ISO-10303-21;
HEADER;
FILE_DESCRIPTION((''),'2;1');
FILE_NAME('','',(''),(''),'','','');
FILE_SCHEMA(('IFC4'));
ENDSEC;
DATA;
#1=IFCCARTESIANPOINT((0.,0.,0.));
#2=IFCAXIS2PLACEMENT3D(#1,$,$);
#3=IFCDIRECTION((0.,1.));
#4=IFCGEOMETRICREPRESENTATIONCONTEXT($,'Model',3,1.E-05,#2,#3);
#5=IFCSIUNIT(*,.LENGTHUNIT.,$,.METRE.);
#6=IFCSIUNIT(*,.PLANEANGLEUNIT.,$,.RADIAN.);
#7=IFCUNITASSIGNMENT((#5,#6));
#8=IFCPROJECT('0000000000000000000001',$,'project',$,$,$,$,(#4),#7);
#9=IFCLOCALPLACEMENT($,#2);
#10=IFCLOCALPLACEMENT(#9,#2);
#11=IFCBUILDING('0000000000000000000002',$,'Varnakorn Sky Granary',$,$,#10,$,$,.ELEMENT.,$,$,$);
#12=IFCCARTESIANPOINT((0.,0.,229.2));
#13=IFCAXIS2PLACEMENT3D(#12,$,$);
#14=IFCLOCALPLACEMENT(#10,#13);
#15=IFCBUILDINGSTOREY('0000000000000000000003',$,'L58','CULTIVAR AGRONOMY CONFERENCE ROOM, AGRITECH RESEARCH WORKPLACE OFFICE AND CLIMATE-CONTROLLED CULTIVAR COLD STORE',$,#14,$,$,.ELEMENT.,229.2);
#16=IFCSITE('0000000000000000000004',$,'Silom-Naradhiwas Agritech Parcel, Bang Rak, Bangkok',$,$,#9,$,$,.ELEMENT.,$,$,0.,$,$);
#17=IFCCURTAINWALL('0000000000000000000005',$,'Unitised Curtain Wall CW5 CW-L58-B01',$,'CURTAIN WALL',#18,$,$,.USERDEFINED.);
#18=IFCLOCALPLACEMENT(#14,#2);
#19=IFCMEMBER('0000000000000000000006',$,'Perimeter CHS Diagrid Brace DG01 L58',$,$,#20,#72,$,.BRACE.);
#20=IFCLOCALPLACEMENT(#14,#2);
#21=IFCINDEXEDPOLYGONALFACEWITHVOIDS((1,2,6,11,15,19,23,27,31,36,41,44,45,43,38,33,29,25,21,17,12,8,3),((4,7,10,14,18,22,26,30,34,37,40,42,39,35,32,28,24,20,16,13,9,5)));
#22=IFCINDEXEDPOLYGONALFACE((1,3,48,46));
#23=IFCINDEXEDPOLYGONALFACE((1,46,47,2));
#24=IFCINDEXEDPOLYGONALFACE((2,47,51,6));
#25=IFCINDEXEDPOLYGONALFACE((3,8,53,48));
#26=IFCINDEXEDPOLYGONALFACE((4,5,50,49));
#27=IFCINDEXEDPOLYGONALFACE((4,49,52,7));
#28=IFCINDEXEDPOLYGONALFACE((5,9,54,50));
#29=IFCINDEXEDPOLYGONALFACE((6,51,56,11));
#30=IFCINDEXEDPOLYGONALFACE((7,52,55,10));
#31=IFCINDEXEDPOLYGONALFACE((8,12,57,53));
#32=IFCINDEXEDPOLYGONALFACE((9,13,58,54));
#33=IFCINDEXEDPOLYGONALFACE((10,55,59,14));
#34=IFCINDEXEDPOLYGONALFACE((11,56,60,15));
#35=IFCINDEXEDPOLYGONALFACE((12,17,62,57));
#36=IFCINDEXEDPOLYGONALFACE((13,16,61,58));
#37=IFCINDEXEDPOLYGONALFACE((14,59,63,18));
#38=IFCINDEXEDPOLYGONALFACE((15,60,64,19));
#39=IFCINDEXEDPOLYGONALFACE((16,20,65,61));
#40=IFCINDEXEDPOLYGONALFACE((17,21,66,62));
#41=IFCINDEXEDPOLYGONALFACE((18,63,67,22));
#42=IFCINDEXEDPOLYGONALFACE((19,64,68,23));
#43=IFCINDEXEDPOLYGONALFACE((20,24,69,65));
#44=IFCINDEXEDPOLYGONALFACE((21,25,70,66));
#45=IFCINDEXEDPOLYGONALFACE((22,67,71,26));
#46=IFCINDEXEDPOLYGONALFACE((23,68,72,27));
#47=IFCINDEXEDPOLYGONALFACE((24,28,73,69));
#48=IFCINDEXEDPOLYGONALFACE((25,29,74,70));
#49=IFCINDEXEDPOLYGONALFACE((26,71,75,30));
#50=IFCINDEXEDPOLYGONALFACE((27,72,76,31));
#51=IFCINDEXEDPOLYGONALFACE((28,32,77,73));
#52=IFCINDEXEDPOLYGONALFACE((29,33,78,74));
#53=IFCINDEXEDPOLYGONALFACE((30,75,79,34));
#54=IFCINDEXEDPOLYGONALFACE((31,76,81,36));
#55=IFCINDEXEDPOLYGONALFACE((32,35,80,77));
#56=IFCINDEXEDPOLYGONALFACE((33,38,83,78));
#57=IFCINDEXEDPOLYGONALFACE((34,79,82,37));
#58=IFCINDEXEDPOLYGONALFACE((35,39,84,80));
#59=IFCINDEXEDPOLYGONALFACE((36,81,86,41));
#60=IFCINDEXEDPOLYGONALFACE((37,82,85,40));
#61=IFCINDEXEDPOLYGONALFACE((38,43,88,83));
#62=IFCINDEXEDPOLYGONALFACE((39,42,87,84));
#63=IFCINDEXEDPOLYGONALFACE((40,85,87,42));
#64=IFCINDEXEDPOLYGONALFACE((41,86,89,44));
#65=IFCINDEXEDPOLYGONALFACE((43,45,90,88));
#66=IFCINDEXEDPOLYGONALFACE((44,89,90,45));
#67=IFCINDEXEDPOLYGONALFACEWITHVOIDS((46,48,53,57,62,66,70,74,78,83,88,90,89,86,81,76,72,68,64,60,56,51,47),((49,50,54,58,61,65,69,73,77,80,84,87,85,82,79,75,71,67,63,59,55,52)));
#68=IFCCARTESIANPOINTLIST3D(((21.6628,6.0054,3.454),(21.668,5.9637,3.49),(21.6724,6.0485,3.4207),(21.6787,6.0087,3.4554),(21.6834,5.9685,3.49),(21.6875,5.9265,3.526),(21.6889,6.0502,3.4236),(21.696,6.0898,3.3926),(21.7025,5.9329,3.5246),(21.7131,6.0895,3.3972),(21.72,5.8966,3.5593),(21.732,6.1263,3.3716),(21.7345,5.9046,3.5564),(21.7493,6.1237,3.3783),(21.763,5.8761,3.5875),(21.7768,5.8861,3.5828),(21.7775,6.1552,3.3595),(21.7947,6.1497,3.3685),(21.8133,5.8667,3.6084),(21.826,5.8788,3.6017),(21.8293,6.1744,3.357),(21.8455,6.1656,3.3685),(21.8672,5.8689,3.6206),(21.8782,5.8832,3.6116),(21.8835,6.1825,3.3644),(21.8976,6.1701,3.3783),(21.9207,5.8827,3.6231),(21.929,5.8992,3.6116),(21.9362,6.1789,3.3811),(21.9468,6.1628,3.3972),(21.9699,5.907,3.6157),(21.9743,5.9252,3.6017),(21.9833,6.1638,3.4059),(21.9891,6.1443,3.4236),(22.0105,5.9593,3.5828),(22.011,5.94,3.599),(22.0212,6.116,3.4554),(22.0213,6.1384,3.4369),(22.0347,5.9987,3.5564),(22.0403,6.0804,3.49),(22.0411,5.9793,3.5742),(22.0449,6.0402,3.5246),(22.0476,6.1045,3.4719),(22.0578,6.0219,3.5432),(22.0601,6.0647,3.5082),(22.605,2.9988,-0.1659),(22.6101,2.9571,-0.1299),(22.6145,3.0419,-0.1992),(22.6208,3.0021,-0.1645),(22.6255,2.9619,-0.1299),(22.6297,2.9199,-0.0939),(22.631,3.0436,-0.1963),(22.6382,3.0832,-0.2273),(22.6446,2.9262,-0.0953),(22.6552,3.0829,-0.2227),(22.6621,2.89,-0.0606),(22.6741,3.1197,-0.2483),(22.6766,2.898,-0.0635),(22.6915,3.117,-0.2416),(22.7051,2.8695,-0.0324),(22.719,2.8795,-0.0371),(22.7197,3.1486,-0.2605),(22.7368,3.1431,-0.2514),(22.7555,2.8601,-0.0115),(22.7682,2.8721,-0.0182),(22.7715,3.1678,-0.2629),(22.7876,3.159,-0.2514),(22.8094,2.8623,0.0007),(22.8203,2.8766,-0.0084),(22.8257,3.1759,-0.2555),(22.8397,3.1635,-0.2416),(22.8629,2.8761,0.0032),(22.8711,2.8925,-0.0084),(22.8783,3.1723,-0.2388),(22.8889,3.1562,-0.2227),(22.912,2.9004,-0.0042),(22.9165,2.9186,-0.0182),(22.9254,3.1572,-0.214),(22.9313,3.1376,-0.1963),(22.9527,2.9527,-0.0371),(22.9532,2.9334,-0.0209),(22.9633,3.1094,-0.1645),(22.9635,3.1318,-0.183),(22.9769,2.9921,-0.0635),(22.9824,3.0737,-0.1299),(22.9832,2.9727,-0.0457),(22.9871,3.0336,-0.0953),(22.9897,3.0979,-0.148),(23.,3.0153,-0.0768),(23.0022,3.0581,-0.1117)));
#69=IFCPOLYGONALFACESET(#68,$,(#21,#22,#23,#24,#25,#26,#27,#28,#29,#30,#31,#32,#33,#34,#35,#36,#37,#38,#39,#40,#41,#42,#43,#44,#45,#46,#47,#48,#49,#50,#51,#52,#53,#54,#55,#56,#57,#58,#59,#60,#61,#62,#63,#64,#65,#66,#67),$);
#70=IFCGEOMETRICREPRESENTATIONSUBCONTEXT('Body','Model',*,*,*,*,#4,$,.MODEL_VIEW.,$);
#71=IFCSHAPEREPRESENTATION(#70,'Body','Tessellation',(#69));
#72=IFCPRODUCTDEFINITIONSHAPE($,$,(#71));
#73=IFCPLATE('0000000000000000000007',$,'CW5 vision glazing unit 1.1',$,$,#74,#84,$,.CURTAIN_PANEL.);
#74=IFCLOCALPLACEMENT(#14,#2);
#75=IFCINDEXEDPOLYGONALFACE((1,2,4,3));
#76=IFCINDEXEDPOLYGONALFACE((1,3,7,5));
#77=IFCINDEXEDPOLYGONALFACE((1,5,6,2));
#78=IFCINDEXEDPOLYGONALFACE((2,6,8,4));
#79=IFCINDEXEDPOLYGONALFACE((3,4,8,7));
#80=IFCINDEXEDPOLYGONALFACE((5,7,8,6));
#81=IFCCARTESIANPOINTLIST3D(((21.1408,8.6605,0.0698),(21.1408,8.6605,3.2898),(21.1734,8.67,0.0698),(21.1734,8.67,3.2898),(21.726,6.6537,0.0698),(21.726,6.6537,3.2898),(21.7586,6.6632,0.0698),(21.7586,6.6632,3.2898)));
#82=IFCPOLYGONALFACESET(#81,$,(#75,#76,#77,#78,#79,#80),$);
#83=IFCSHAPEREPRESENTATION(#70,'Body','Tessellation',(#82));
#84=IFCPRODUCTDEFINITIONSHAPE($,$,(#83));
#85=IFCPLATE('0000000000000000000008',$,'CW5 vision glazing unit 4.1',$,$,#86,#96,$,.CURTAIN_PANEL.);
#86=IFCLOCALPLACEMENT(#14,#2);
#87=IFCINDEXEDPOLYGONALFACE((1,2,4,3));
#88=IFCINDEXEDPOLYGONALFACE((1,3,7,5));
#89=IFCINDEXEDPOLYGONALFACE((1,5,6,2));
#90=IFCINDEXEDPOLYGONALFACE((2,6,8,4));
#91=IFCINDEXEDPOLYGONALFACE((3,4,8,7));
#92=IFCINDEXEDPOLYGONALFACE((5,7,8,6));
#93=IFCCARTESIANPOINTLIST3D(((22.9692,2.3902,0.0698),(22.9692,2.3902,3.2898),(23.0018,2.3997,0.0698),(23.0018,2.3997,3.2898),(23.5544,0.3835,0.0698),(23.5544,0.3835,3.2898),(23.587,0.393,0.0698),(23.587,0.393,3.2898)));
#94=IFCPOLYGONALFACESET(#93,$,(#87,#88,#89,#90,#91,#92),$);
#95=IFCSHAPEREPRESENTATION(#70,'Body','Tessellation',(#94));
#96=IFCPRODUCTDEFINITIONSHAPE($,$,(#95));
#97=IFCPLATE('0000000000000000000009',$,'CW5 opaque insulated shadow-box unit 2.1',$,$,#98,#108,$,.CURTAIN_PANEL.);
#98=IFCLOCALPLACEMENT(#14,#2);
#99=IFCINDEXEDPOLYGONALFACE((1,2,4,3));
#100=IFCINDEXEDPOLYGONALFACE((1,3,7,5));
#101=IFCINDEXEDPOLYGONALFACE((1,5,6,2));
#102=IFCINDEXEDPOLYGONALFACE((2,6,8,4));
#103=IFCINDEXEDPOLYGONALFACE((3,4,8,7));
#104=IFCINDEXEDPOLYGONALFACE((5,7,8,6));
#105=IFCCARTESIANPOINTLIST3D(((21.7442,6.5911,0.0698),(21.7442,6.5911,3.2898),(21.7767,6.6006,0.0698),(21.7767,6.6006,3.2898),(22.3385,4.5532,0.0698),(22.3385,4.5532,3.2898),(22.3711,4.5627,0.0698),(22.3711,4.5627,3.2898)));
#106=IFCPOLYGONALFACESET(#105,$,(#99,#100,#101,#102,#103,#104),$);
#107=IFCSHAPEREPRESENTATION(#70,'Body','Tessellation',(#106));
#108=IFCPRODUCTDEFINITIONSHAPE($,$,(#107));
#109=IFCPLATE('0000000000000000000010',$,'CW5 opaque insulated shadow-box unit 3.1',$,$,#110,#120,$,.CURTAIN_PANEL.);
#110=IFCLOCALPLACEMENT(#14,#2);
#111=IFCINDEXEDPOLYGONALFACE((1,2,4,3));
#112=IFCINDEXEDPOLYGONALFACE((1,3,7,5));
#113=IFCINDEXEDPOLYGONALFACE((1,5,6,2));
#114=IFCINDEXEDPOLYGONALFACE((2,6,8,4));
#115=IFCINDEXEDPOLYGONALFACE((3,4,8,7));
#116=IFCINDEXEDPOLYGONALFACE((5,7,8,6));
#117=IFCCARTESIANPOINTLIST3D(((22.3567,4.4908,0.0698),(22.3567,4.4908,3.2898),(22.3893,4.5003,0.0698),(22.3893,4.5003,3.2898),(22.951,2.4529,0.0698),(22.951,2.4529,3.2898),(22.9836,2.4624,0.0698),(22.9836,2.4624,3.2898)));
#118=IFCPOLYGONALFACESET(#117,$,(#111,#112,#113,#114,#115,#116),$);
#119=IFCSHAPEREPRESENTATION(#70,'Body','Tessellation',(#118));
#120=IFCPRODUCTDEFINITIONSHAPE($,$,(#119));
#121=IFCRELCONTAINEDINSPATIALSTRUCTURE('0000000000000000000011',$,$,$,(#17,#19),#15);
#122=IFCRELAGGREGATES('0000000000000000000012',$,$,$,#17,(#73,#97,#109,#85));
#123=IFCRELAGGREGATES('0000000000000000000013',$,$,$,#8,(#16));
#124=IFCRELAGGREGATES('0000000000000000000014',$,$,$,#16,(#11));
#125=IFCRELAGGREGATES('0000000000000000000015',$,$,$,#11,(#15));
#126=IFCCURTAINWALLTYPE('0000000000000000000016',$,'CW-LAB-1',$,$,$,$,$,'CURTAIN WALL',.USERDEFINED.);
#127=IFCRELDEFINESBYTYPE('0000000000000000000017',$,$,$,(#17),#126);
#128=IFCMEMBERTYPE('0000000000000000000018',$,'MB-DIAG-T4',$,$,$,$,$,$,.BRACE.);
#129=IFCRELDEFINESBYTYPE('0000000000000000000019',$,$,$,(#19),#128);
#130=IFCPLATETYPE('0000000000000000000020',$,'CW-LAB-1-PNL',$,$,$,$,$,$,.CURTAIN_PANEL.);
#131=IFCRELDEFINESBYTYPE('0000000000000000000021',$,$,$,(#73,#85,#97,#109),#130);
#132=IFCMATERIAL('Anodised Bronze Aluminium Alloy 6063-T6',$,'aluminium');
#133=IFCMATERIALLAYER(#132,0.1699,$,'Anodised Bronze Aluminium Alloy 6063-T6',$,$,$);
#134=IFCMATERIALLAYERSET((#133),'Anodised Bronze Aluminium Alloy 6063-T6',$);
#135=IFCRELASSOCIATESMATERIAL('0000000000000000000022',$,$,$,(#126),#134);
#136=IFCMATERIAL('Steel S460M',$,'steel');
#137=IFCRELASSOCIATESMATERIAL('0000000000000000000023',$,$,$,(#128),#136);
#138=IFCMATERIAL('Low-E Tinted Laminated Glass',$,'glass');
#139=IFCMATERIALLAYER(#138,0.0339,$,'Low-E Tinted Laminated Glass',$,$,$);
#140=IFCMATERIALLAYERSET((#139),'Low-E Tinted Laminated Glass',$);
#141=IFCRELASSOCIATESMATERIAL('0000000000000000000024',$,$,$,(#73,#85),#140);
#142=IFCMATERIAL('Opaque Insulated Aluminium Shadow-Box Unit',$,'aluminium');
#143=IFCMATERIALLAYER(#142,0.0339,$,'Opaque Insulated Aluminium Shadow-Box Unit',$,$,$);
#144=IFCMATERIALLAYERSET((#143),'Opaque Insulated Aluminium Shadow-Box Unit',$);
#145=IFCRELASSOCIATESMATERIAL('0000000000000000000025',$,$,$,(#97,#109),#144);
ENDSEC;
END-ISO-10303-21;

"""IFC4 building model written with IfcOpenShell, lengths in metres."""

from ifc_helpers import new_model, si_unit, direction, frame, origin, origin_2d, place, context, subcontext, project, spatial, rectangle, hollow_circle, extrude, source, transform, mapped, material, layer, layer_set, material_profile, profile_set, type_object, type_shapes, element, aggregate, save


model = new_model("IFC4")

# Units and contexts
model_context = context("Model", 3, precision=1e-05, world=origin(), true_north=direction((0.0, 1.0)))
body_context = subcontext(model_context, "Body", "Model", "MODEL_VIEW")
ifc_project = project(units=[si_unit("LENGTHUNIT", "METRE"), si_unit("PLANEANGLEUNIT", "RADIAN")], contexts=[model_context])

# Site, building, storey
site_placement = place(None, origin())
site = spatial("IfcSite", under=ifc_project, at=site_placement, Name="Silom-Naradhiwas Agritech Parcel, Bang Rak, Bangkok", CompositionType="ELEMENT", RefElevation=0.0)
building_placement = place(site_placement, origin())
building = spatial("IfcBuilding", under=site, at=building_placement, Name="Varnakorn Sky Granary", CompositionType="ELEMENT")
storey_placement = place(building_placement, frame((0.0, 0.0, 229.2)))
storey = spatial("IfcBuildingStorey", under=building, at=storey_placement, Name="L58", Description="CULTIVAR AGRONOMY CONFERENCE ROOM, AGRITECH RESEARCH WORKPLACE OFFICE AND CLIMATE-CONTROLLED CULTIVAR COLD STORE", CompositionType="ELEMENT", Elevation=229.2)

# Shared definitions
ifc_material_1 = material(Name="Steel S460M", Category="steel")

# Curtain wall
ifc_material_2 = material(Name="Anodised Bronze Aluminium Alloy 6063-T6", Category="aluminium")
ifc_layer_1 = layer(ifc_material_2, 0.1699, Name="Anodised Bronze Aluminium Alloy 6063-T6")
ifc_layer_set_1 = layer_set([ifc_layer_1], Name="Anodised Bronze Aluminium Alloy 6063-T6")
curtain_wall_type = type_object("IfcCurtainWallType", Name="CW-LAB-1", ElementType="CURTAIN WALL", PredefinedType="USERDEFINED", material=ifc_layer_set_1)
curtain_wall_1_placement = place(storey_placement, origin())
curtain_wall_1 = element("IfcCurtainWall", 1, at=curtain_wall_1_placement, inside=storey, type_object=curtain_wall_type, Name="Unitised Curtain Wall CW5 CW-L58-B01", ObjectType="CURTAIN WALL", PredefinedType="USERDEFINED")

# Member
ifc_material_profile_1 = material_profile(ifc_material_1, hollow_circle(Radius=0.2031, WallThickness=0.0161, at=origin_2d()), Name="CHS 406.4x16")
ifc_profile_set_1 = profile_set([ifc_material_profile_1], Name="Steel S460M")
member_type_1 = type_object("IfcMemberType", Name="MB-DIAG-T4", PredefinedType="BRACE", material=ifc_profile_set_1)
member_1_placement = place(storey_placement, frame((22.804, 3.0178, -0.1299), z_axis=(-0.196319, 0.6265, 0.754292), x_axis=(-0.954247, -0.299021, 0.0)))
element("IfcMember", 2, at=member_1_placement, inside=storey, type_object=member_type_1, Name="Perimeter CHS Diagrid Brace DG01 L58", PredefinedType="BRACE", context=body_context, shape_type="SweptSolid", body=[
    extrude(hollow_circle(Radius=0.2031, WallThickness=0.0161, at=origin_2d()), origin(), (0.0, 0.0, 1.0), 4.7991),
])

# Plates
ifc_material_3 = material(Name="Low-E Tinted Laminated Glass", Category="glass")
ifc_layer_2 = layer(ifc_material_3, 0.0339, Name="Low-E Tinted Laminated Glass")
ifc_layer_set_2 = layer_set([ifc_layer_2], Name="Low-E Tinted Laminated Glass")
plate_type = type_object("IfcPlateType", Name="CW-LAB-1-PNL", PredefinedType="CURTAIN_PANEL")
shared_shape_1 = source(origin(), body_context, "Body", "SweptSolid", [
    extrude(rectangle(XDim=2.0903, YDim=0.0339, at=origin_2d()), origin(), (0.0, 0.0, 1.0), 3.22),
])
plate_1_placement = place(storey_placement, frame((21.4497, 7.6619, 0.0698), z_axis=(0.0, 0.0, 1.0), x_axis=(0.279969, -0.960009, 0.0)))
plate_1 = element("IfcPlate", 3, at=plate_1_placement, type_object=plate_type, material=ifc_layer_set_2, Name="CW5 vision glazing unit 1.1", PredefinedType="CURTAIN_PANEL", context=body_context, shape_type="MappedRepresentation", body=[
    mapped(shared_shape_1, transform((0.0, 0.0, 0.0), x_axis=(1.0, 0.0, 0.0), y_axis=(0.0, 1.0, 0.0), z_axis=(0.0, 0.0, 1.0), scale=1.0)),
])
plate_2_placement = place(storey_placement, frame((23.2781, 1.3916, 0.0698), z_axis=(0.0, 0.0, 1.0), x_axis=(0.279969, -0.960009, 0.0)))
plate_2 = element("IfcPlate", 4, at=plate_2_placement, type_object=plate_type, material=ifc_layer_set_2, Name="CW5 vision glazing unit 4.1", PredefinedType="CURTAIN_PANEL", context=body_context, shape_type="MappedRepresentation", body=[
    mapped(shared_shape_1, transform((0.0, 0.0, 0.0), x_axis=(1.0, 0.0, 0.0), y_axis=(0.0, 1.0, 0.0), z_axis=(0.0, 0.0, 1.0), scale=1.0)),
])
ifc_material_4 = material(Name="Opaque Insulated Aluminium Shadow-Box Unit", Category="aluminium")
ifc_layer_3 = layer(ifc_material_4, 0.0339, Name="Opaque Insulated Aluminium Shadow-Box Unit")
ifc_layer_set_3 = layer_set([ifc_layer_3], Name="Opaque Insulated Aluminium Shadow-Box Unit")
shared_shape_2 = source(origin(), body_context, "Body", "SweptSolid", [
    extrude(rectangle(XDim=2.1228, YDim=0.0339, at=origin_2d()), origin(), (0.0, 0.0, 1.0), 3.22),
])
type_shapes(plate_type, [shared_shape_1, shared_shape_2])
plate_3_placement = place(storey_placement, frame((22.0576, 5.5769, 0.0698), z_axis=(0.0, 0.0, 1.0), x_axis=(0.279969, -0.960009, 0.0)))
plate_3 = element("IfcPlate", 5, at=plate_3_placement, type_object=plate_type, material=ifc_layer_set_3, Name="CW5 opaque insulated shadow-box unit 2.1", PredefinedType="CURTAIN_PANEL", context=body_context, shape_type="MappedRepresentation", body=[
    mapped(shared_shape_2, transform((0.0, 0.0, 0.0), x_axis=(1.0, 0.0, 0.0), y_axis=(0.0, 1.0, 0.0), z_axis=(0.0, 0.0, 1.0), scale=1.0)),
])
plate_4_placement = place(storey_placement, frame((22.6702, 3.4766, 0.0698), z_axis=(0.0, 0.0, 1.0), x_axis=(0.279969, -0.960009, 0.0)))
plate_4 = element("IfcPlate", 6, at=plate_4_placement, type_object=plate_type, material=ifc_layer_set_3, Name="CW5 opaque insulated shadow-box unit 3.1", PredefinedType="CURTAIN_PANEL", context=body_context, shape_type="MappedRepresentation", body=[
    mapped(shared_shape_2, transform((0.0, 0.0, 0.0), x_axis=(1.0, 0.0, 0.0), y_axis=(0.0, 1.0, 0.0), z_axis=(0.0, 0.0, 1.0), scale=1.0)),
])
aggregate(curtain_wall_1, [plate_1, plate_3, plate_4, plate_2])

save(model, "model.ifc")
